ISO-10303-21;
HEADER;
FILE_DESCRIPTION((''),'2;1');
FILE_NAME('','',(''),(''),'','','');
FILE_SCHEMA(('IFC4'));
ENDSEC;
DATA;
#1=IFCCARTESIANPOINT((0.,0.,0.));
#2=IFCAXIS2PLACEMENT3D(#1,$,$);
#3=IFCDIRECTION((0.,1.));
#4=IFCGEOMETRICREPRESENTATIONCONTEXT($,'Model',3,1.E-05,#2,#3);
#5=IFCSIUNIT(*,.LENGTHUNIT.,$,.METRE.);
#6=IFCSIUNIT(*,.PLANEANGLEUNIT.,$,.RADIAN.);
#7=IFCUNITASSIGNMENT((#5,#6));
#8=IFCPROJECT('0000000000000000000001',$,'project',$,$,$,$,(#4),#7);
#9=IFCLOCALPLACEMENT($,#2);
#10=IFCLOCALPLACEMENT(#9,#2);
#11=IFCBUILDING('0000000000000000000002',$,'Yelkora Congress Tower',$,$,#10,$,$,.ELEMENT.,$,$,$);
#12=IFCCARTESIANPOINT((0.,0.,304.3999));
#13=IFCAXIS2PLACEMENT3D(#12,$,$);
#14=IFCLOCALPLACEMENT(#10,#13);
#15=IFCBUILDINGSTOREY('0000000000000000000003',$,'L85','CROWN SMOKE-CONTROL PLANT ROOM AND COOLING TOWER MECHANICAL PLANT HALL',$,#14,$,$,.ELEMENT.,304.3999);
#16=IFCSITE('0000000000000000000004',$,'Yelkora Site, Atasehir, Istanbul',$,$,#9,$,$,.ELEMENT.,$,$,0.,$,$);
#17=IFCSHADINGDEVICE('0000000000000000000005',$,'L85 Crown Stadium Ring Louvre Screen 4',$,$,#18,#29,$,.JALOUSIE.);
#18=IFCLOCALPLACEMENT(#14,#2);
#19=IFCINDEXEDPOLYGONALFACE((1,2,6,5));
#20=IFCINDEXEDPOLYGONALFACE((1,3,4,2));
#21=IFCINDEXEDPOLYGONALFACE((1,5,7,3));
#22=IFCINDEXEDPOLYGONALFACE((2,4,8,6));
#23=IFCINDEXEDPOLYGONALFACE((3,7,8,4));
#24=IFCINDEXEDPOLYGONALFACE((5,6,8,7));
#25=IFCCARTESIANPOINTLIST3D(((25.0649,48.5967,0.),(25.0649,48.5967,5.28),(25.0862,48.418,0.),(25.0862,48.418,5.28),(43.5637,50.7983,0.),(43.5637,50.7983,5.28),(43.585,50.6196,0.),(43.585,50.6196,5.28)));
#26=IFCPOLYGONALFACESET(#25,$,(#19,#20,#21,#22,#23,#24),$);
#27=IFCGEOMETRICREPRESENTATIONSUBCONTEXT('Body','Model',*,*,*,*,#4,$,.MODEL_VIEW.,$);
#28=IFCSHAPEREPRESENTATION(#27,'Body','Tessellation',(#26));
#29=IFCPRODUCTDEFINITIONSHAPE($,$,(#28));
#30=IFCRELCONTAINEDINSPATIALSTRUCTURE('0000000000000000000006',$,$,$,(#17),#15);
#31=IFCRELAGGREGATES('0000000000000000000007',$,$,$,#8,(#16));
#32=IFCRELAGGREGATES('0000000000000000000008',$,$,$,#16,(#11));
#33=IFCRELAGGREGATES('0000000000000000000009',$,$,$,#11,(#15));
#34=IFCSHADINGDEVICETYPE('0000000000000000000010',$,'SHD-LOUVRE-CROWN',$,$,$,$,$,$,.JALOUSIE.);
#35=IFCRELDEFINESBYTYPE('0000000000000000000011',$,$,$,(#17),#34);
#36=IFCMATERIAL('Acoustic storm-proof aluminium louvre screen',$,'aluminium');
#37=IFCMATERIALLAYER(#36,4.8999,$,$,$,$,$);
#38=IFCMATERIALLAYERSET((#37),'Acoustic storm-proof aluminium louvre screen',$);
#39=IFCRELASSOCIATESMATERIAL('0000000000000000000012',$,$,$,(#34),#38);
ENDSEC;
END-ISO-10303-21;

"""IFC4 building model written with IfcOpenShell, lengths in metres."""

from ifc_helpers import new_model, si_unit, direction, frame, origin, origin_2d, place, context, subcontext, project, spatial, rectangle, extrude, material, layer, layer_set, type_object, element, save


model = new_model("IFC4")

# Units and contexts
model_context = context("Model", 3, precision=1e-05, world=origin(), true_north=direction((0.0, 1.0)))
body_context = subcontext(model_context, "Body", "Model", "MODEL_VIEW")
ifc_project = project(units=[si_unit("LENGTHUNIT", "METRE"), si_unit("PLANEANGLEUNIT", "RADIAN")], contexts=[model_context])

# Site, building, storey
site_placement = place(None, origin())
site = spatial("IfcSite", under=ifc_project, at=site_placement, Name="Yelkora Site, Atasehir, Istanbul", CompositionType="ELEMENT", RefElevation=0.0)
building_placement = place(site_placement, origin())
building = spatial("IfcBuilding", under=site, at=building_placement, Name="Yelkora Congress Tower", CompositionType="ELEMENT")
storey_placement = place(building_placement, frame((0.0, 0.0, 304.3999)))
storey = spatial("IfcBuildingStorey", under=building, at=storey_placement, Name="L85", Description="CROWN SMOKE-CONTROL PLANT ROOM AND COOLING TOWER MECHANICAL PLANT HALL", CompositionType="ELEMENT", Elevation=304.3999)

# Shading device
ifc_material_1 = material(Name="Acoustic storm-proof aluminium louvre screen", Category="aluminium")
ifc_layer_1 = layer(ifc_material_1, 4.8999)
ifc_layer_set_1 = layer_set([ifc_layer_1], Name="Acoustic storm-proof aluminium louvre screen")
shading_device_type = type_object("IfcShadingDeviceType", Name="SHD-LOUVRE-CROWN", PredefinedType="JALOUSIE", material=ifc_layer_set_1)
shading_device_placement = place(storey_placement, frame((34.325, 49.6082, 0.0), z_axis=(0.0, 0.0, 1.0), x_axis=(-0.992992, -0.118179, 0.0)))
element("IfcShadingDevice", 1, at=shading_device_placement, inside=storey, type_object=shading_device_type, Name="L85 Crown Stadium Ring Louvre Screen 4", PredefinedType="JALOUSIE", context=body_context, shape_type="SweptSolid", body=[
    extrude(rectangle(XDim=18.6294, YDim=0.1799, at=origin_2d()), origin(), (0.0, 0.0, 1.0), 5.28),
])

save(model, "model.ifc")
